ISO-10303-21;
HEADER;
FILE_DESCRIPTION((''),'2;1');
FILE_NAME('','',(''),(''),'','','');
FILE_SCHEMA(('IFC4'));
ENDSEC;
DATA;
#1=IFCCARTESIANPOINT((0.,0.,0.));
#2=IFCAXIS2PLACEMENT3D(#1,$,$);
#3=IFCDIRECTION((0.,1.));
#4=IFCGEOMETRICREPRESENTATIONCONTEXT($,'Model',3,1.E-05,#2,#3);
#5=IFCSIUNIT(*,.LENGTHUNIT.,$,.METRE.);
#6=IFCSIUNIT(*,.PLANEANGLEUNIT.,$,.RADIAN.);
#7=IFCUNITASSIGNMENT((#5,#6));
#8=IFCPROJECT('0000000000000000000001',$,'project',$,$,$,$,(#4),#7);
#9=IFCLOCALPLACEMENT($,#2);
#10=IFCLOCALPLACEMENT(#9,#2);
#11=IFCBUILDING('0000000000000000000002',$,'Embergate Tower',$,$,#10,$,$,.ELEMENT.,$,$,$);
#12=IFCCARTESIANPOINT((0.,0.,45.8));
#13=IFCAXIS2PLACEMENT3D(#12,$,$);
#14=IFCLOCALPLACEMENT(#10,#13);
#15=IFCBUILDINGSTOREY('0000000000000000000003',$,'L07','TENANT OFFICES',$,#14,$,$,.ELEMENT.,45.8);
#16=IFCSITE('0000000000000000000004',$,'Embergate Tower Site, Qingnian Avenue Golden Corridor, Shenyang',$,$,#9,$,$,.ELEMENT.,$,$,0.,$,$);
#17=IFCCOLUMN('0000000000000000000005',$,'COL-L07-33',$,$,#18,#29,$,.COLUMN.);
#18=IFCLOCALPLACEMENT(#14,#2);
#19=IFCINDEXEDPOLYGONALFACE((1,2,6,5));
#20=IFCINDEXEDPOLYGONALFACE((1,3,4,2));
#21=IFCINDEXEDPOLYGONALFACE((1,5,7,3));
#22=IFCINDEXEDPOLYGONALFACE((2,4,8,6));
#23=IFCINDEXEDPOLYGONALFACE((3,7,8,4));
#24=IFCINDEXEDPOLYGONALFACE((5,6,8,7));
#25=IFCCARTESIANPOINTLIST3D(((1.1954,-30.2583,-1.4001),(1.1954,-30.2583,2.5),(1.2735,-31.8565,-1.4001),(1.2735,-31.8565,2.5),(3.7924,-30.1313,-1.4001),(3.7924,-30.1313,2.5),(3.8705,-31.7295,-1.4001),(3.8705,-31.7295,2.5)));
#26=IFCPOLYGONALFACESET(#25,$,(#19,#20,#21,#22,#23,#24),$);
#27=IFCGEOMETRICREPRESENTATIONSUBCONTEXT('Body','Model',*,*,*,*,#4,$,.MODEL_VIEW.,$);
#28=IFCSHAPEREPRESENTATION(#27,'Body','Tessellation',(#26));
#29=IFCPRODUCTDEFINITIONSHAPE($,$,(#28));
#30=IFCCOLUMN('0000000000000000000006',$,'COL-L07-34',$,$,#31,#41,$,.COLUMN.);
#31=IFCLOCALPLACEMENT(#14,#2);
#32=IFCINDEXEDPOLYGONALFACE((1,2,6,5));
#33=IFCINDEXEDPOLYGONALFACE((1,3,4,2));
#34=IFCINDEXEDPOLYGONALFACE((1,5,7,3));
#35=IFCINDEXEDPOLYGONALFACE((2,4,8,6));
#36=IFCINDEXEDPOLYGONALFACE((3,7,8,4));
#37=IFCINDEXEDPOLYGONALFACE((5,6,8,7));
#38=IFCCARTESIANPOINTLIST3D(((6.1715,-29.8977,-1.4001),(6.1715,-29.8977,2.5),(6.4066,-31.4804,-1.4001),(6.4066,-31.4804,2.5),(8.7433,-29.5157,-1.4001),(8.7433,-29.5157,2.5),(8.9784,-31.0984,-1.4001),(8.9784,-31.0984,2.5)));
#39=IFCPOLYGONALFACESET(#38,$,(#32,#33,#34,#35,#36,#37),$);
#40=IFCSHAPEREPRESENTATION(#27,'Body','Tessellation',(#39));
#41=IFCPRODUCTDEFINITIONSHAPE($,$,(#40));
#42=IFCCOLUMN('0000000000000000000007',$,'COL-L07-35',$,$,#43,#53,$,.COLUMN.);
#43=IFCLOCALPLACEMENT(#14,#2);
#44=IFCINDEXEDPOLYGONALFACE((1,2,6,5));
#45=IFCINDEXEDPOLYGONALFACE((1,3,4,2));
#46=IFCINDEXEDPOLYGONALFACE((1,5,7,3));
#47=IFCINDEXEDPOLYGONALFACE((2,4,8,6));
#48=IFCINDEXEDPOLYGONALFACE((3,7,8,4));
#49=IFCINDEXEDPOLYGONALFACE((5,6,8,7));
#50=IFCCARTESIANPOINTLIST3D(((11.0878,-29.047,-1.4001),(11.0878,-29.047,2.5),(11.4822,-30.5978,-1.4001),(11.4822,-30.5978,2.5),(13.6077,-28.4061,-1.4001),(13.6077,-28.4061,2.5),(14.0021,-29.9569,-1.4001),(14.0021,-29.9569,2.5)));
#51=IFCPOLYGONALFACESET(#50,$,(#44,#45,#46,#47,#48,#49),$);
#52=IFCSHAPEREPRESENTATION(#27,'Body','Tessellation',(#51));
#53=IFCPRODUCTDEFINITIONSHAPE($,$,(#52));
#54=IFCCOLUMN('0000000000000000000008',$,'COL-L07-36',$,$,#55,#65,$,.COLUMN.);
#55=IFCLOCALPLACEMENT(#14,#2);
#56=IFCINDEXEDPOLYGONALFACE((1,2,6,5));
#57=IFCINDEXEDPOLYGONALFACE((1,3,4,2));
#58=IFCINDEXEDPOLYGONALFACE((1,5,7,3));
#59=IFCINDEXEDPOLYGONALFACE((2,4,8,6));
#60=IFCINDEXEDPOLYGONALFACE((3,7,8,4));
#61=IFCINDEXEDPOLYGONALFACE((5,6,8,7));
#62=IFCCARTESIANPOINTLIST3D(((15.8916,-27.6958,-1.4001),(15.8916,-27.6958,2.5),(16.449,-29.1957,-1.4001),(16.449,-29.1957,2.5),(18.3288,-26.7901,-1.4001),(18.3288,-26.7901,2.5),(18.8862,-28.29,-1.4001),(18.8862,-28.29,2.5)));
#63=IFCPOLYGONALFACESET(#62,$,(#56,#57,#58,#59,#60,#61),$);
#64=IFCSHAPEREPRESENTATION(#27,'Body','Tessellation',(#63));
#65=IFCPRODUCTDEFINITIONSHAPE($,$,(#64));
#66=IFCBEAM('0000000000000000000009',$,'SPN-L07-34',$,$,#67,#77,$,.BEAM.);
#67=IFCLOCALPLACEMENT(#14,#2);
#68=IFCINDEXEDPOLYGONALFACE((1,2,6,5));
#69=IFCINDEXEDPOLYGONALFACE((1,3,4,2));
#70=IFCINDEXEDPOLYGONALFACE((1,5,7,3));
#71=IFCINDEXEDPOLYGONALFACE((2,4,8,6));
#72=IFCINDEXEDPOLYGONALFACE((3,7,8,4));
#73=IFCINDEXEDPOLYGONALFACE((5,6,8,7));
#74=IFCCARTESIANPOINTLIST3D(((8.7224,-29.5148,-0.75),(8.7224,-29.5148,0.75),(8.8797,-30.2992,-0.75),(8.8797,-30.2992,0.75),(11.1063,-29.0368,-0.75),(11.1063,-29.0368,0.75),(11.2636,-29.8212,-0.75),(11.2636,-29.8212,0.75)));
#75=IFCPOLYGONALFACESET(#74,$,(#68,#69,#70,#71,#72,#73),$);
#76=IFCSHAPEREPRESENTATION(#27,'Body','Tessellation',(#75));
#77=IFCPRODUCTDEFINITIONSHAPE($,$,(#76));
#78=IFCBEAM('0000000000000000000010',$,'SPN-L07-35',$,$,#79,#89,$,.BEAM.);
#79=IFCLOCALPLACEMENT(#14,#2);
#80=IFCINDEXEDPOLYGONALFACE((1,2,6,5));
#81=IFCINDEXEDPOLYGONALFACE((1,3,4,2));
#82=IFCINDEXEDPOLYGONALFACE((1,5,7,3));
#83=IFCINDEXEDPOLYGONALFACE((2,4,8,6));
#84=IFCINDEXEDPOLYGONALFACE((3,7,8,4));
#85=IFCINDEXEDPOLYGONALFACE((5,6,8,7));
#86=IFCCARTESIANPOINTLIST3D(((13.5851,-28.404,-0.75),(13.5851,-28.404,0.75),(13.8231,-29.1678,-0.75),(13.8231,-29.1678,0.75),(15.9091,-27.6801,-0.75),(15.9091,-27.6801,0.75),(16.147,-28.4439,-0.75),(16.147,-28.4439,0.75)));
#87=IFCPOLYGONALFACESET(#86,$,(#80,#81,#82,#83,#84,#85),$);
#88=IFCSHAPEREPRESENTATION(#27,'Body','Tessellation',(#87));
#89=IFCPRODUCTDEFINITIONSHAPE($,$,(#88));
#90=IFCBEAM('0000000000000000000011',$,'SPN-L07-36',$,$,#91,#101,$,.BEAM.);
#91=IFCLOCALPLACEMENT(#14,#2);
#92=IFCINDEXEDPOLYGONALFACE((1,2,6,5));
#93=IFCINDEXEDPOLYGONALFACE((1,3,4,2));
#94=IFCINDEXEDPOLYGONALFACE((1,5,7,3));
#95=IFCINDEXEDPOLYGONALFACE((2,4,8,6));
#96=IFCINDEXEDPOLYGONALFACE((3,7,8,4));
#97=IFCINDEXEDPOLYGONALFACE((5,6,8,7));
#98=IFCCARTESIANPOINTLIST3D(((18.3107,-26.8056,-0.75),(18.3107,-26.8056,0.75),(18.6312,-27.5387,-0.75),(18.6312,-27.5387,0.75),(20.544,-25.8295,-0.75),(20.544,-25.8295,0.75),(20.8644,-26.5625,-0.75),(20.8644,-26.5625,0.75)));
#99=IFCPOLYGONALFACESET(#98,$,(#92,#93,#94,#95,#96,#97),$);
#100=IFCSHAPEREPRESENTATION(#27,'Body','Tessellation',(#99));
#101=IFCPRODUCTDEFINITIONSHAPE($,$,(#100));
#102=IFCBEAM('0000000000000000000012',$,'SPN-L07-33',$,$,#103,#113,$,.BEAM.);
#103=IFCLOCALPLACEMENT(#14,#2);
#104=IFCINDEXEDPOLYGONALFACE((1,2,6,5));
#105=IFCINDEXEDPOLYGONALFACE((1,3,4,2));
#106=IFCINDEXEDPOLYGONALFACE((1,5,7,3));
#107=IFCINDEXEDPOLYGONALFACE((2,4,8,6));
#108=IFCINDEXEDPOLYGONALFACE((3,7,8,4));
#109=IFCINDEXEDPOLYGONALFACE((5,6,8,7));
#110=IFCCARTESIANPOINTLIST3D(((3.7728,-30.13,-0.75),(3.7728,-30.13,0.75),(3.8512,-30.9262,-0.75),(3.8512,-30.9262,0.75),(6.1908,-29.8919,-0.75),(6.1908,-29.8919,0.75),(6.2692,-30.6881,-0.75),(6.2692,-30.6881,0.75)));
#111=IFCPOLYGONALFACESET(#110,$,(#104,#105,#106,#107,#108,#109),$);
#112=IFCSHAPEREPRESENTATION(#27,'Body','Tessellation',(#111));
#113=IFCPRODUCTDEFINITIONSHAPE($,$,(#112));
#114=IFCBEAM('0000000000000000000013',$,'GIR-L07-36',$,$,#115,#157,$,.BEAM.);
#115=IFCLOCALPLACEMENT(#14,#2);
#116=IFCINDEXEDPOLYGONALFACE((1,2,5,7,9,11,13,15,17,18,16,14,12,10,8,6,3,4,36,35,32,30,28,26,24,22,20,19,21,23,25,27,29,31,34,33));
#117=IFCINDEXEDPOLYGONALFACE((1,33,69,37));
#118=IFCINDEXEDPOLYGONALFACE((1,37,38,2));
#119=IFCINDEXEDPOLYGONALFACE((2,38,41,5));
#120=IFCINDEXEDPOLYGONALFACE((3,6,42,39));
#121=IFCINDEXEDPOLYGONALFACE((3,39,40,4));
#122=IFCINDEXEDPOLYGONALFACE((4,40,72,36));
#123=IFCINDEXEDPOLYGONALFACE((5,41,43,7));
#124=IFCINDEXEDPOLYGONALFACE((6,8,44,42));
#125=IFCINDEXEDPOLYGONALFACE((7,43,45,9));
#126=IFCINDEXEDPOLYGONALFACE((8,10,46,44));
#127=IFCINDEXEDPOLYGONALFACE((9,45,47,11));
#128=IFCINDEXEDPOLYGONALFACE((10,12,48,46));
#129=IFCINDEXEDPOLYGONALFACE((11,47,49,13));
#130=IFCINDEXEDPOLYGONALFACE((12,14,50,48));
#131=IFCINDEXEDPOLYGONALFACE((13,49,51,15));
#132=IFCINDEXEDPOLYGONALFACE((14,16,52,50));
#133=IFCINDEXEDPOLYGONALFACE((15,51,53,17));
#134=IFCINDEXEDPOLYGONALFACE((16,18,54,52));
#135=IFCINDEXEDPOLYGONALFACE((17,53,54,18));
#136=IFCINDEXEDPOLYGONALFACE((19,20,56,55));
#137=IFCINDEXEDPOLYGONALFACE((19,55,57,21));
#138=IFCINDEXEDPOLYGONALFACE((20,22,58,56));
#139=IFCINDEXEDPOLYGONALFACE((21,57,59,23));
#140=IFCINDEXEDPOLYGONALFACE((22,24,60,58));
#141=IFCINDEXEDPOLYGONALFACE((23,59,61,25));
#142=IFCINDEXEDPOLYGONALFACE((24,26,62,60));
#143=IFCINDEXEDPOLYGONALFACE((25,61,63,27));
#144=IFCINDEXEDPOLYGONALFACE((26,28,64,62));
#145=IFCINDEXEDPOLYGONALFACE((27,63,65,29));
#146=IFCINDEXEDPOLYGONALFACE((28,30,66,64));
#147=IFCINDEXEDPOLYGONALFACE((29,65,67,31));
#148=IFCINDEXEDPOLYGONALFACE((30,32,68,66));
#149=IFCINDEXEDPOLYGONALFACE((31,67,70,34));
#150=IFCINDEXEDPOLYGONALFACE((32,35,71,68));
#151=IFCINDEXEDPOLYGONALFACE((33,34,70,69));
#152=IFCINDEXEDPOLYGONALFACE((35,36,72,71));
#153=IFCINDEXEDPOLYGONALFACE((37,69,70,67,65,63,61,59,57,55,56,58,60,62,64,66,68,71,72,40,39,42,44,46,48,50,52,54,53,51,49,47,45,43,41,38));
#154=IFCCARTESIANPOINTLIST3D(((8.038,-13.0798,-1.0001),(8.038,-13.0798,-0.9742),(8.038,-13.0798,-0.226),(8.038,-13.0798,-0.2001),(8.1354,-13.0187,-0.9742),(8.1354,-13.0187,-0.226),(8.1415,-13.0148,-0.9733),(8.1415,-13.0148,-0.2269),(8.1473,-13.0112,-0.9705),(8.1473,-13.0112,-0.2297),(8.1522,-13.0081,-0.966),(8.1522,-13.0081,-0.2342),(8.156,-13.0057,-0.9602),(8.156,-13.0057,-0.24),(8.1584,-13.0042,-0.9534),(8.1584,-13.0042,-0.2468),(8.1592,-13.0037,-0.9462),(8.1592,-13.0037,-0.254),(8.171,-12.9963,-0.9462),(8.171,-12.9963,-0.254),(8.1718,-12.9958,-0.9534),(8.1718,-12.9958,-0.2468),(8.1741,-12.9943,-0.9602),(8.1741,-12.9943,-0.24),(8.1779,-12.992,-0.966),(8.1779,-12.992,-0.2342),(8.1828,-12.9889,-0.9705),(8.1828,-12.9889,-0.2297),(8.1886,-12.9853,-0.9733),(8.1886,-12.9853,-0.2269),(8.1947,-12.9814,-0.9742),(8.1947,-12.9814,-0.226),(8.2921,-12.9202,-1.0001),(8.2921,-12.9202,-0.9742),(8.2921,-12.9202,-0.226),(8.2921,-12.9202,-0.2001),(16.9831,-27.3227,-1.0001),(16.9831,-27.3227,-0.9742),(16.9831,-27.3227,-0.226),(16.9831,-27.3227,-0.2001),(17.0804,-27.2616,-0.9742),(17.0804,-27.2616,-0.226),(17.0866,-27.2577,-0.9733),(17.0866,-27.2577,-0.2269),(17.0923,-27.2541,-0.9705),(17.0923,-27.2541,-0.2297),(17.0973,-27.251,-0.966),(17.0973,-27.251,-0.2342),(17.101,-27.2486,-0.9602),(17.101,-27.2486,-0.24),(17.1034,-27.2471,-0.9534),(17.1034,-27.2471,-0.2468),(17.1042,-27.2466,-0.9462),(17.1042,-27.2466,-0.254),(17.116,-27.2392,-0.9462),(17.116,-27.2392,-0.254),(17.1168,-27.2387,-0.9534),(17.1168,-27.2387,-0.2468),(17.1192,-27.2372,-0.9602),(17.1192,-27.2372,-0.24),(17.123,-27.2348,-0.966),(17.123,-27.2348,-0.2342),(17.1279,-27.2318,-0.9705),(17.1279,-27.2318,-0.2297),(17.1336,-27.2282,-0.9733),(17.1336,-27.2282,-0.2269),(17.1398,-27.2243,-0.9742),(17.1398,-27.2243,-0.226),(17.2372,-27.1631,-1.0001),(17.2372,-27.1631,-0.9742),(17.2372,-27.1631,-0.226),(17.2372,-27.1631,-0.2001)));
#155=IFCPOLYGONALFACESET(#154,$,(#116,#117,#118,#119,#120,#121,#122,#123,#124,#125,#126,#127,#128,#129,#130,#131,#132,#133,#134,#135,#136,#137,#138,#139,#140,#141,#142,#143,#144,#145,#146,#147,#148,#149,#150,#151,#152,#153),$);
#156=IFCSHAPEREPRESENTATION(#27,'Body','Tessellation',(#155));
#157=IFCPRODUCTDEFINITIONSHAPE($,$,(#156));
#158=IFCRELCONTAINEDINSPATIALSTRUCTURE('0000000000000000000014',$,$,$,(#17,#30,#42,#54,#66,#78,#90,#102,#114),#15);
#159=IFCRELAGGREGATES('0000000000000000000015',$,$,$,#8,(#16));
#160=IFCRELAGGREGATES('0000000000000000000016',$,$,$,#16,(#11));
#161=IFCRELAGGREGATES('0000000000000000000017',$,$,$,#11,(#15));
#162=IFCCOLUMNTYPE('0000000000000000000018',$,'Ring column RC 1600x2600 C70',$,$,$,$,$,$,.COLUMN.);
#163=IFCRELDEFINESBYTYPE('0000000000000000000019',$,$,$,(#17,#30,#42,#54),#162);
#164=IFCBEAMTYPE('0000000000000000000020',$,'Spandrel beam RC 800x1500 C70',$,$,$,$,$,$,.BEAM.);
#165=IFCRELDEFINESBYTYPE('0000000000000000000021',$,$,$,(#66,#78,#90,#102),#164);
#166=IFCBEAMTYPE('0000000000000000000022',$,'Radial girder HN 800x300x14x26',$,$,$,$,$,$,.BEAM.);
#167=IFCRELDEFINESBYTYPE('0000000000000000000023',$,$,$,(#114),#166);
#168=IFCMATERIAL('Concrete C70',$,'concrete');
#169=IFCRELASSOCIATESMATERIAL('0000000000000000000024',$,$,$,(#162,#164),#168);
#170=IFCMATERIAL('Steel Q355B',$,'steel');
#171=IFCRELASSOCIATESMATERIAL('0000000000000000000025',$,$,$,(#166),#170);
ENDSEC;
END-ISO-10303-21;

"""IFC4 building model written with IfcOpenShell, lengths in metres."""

from ifc_helpers import new_model, si_unit, direction, frame, origin, origin_2d, place, context, subcontext, project, spatial, rectangle, i_section, extrude, source, transform, mapped, material, material_profile, profile_set, type_object, element, save


model = new_model("IFC4")

# Units and contexts
model_context = context("Model", 3, precision=1e-05, world=origin(), true_north=direction((0.0, 1.0)))
body_context = subcontext(model_context, "Body", "Model", "MODEL_VIEW")
ifc_project = project(units=[si_unit("LENGTHUNIT", "METRE"), si_unit("PLANEANGLEUNIT", "RADIAN")], contexts=[model_context])

# Site, building, storey
site_placement = place(None, origin())
site = spatial("IfcSite", under=ifc_project, at=site_placement, Name="Embergate Tower Site, Qingnian Avenue Golden Corridor, Shenyang", CompositionType="ELEMENT", RefElevation=0.0)
building_placement = place(site_placement, origin())
building = spatial("IfcBuilding", under=site, at=building_placement, Name="Embergate Tower", CompositionType="ELEMENT")
storey_placement = place(building_placement, frame((0.0, 0.0, 45.8)))
storey = spatial("IfcBuildingStorey", under=building, at=storey_placement, Name="L07", Description="TENANT OFFICES", CompositionType="ELEMENT", Elevation=45.8)

# Columns
ifc_material_1 = material(Name="Concrete C70", Category="concrete")
ifc_material_profile_1 = material_profile(ifc_material_1, rectangle(XDim=1.6001, YDim=2.6001, at=origin_2d()), Name="RC 1600x2600")
ifc_profile_set_1 = profile_set([ifc_material_profile_1], Name="Concrete C70")
column_type = type_object("IfcColumnType", Name="Ring column RC 1600x2600 C70", PredefinedType="COLUMN", material=ifc_profile_set_1)
shared_shape_1 = source(origin(), body_context, "Body", "SweptSolid", [
    extrude(rectangle(XDim=1.6001, YDim=2.6001, at=origin_2d()), origin(), (0.0, 0.0, 1.0), 3.9001),
])
for number, where, z_axis, x_axis, name in (
    (1, (2.533, -30.9939, -1.4001), (0.0, 0.0, 1.0), (0.048815, -0.998808, 0.0), "COL-L07-33"),
    (2, (7.575, -30.498, -1.4001), (0.0, 0.0, 1.0), (0.146929, -0.989147, 0.0), "COL-L07-34"),
    (3, (12.5449, -29.502, -1.4001), (0.0, 0.0, 1.0), (0.246492, -0.969145, 0.0), "COL-L07-35"),
    (4, (17.3889, -27.9929, -1.4001), (0.0, 0.0, 1.0), (0.348343, -0.937367, 0.0), "COL-L07-36"),
):
    element("IfcColumn", number, at=place(storey_placement, frame(where, z_axis=z_axis, x_axis=x_axis)), inside=storey, type_object=column_type, Name=name, PredefinedType="COLUMN", context=body_context, shape_type="MappedRepresentation", body=[
        mapped(shared_shape_1, transform((0.0, 0.0, 0.0))),
    ])

# Beams
ifc_material_profile_2 = material_profile(ifc_material_1, rectangle(XDim=0.8, YDim=1.5, at=origin_2d()), Name="RC 800x1500")
ifc_profile_set_2 = profile_set([ifc_material_profile_2], Name="Concrete C70")
beam_type_1 = type_object("IfcBeamType", Name="Spandrel beam RC 800x1500 C70", PredefinedType="BEAM", material=ifc_profile_set_2)
shared_shape_2 = source(origin(), body_context, "Body", "SweptSolid", [
    extrude(rectangle(XDim=0.8, YDim=1.5, at=origin_2d()), origin(), (0.0, 0.0, 1.0), 2.4314),
])
beam_1_placement = place(storey_placement, frame((8.801, -29.907, 0.0), z_axis=(0.980484, 0.196599, 0.0), x_axis=(-0.196599, 0.980484, 0.0)))
element("IfcBeam", 5, at=beam_1_placement, inside=storey, type_object=beam_type_1, Name="SPN-L07-34", PredefinedType="BEAM", context=body_context, shape_type="MappedRepresentation", body=[
    mapped(shared_shape_2, transform((0.0, 0.0, 0.0))),
])
shared_shape_3 = source(origin(), body_context, "Body", "SweptSolid", [
    extrude(rectangle(XDim=0.8, YDim=1.5, at=origin_2d()), origin(), (0.0, 0.0, 1.0), 2.4341),
])
beam_2_placement = place(storey_placement, frame((13.7041, -28.7859, 0.0), z_axis=(0.954756, 0.29739, 0.0), x_axis=(-0.29739, 0.954756, 0.0)))
element("IfcBeam", 6, at=beam_2_placement, inside=storey, type_object=beam_type_1, Name="SPN-L07-35", PredefinedType="BEAM", context=body_context, shape_type="MappedRepresentation", body=[
    mapped(shared_shape_3, transform((0.0, 0.0, 0.0))),
])
shared_shape_4 = source(origin(), body_context, "Body", "SweptSolid", [
    extrude(rectangle(XDim=0.8, YDim=1.5, at=origin_2d()), origin(), (0.0, 0.0, 1.0), 2.4373),
])
beam_3_placement = place(storey_placement, frame((18.4709, -27.1721, 0.0), z_axis=(0.916298, 0.400498, 0.0), x_axis=(-0.400498, 0.916298, 0.0)))
element("IfcBeam", 7, at=beam_3_placement, inside=storey, type_object=beam_type_1, Name="SPN-L07-36", PredefinedType="BEAM", context=body_context, shape_type="MappedRepresentation", body=[
    mapped(shared_shape_4, transform((0.0, 0.0, 0.0))),
])
shared_shape_5 = source(origin(), body_context, "Body", "SweptSolid", [
    extrude(rectangle(XDim=0.8, YDim=1.5, at=origin_2d()), origin(), (0.0, 0.0, 1.0), 2.4297),
])
beam_4_placement = place(storey_placement, frame((3.812, -30.5281, 0.0), z_axis=(0.995189, 0.097971, 0.0), x_axis=(-0.097971, 0.995189, 0.0)))
element("IfcBeam", 8, at=beam_4_placement, inside=storey, type_object=beam_type_1, Name="SPN-L07-33", PredefinedType="BEAM", context=body_context, shape_type="MappedRepresentation", body=[
    mapped(shared_shape_5, transform((0.0, 0.0, 0.0))),
])
ifc_material_2 = material(Name="Steel Q355B", Category="steel")
ifc_material_profile_3 = material_profile(ifc_material_2, i_section(OverallWidth=0.3, OverallDepth=0.8, WebThickness=0.0139, FlangeThickness=0.0259, FilletRadius=0.0281, at=origin_2d()), Name="HN 800x300x14x26")
ifc_profile_set_3 = profile_set([ifc_material_profile_3], Name="Steel Q355 grade B")
beam_type_2 = type_object("IfcBeamType", Name="Radial girder HN 800x300x14x26", PredefinedType="BEAM", material=ifc_profile_set_3)
shared_shape_6 = source(origin(), body_context, "Body", "SweptSolid", [
    extrude(i_section(OverallWidth=0.3, OverallDepth=0.8, WebThickness=0.0139, FlangeThickness=0.0259, FilletRadius=0.0281, at=origin_2d()), origin(), (0.0, 0.0, 1.0), 16.8188),
])
beam_5_placement = place(storey_placement, frame((17.1101, -27.2429, -0.6001), z_axis=(-0.531847, 0.846841, 0.0), x_axis=(-0.846841, -0.531847, 0.0)))
element("IfcBeam", 9, at=beam_5_placement, inside=storey, type_object=beam_type_2, Name="GIR-L07-36", PredefinedType="BEAM", context=body_context, shape_type="MappedRepresentation", body=[
    mapped(shared_shape_6, transform((0.0, 0.0, 0.0))),
])

save(model, "model.ifc")
